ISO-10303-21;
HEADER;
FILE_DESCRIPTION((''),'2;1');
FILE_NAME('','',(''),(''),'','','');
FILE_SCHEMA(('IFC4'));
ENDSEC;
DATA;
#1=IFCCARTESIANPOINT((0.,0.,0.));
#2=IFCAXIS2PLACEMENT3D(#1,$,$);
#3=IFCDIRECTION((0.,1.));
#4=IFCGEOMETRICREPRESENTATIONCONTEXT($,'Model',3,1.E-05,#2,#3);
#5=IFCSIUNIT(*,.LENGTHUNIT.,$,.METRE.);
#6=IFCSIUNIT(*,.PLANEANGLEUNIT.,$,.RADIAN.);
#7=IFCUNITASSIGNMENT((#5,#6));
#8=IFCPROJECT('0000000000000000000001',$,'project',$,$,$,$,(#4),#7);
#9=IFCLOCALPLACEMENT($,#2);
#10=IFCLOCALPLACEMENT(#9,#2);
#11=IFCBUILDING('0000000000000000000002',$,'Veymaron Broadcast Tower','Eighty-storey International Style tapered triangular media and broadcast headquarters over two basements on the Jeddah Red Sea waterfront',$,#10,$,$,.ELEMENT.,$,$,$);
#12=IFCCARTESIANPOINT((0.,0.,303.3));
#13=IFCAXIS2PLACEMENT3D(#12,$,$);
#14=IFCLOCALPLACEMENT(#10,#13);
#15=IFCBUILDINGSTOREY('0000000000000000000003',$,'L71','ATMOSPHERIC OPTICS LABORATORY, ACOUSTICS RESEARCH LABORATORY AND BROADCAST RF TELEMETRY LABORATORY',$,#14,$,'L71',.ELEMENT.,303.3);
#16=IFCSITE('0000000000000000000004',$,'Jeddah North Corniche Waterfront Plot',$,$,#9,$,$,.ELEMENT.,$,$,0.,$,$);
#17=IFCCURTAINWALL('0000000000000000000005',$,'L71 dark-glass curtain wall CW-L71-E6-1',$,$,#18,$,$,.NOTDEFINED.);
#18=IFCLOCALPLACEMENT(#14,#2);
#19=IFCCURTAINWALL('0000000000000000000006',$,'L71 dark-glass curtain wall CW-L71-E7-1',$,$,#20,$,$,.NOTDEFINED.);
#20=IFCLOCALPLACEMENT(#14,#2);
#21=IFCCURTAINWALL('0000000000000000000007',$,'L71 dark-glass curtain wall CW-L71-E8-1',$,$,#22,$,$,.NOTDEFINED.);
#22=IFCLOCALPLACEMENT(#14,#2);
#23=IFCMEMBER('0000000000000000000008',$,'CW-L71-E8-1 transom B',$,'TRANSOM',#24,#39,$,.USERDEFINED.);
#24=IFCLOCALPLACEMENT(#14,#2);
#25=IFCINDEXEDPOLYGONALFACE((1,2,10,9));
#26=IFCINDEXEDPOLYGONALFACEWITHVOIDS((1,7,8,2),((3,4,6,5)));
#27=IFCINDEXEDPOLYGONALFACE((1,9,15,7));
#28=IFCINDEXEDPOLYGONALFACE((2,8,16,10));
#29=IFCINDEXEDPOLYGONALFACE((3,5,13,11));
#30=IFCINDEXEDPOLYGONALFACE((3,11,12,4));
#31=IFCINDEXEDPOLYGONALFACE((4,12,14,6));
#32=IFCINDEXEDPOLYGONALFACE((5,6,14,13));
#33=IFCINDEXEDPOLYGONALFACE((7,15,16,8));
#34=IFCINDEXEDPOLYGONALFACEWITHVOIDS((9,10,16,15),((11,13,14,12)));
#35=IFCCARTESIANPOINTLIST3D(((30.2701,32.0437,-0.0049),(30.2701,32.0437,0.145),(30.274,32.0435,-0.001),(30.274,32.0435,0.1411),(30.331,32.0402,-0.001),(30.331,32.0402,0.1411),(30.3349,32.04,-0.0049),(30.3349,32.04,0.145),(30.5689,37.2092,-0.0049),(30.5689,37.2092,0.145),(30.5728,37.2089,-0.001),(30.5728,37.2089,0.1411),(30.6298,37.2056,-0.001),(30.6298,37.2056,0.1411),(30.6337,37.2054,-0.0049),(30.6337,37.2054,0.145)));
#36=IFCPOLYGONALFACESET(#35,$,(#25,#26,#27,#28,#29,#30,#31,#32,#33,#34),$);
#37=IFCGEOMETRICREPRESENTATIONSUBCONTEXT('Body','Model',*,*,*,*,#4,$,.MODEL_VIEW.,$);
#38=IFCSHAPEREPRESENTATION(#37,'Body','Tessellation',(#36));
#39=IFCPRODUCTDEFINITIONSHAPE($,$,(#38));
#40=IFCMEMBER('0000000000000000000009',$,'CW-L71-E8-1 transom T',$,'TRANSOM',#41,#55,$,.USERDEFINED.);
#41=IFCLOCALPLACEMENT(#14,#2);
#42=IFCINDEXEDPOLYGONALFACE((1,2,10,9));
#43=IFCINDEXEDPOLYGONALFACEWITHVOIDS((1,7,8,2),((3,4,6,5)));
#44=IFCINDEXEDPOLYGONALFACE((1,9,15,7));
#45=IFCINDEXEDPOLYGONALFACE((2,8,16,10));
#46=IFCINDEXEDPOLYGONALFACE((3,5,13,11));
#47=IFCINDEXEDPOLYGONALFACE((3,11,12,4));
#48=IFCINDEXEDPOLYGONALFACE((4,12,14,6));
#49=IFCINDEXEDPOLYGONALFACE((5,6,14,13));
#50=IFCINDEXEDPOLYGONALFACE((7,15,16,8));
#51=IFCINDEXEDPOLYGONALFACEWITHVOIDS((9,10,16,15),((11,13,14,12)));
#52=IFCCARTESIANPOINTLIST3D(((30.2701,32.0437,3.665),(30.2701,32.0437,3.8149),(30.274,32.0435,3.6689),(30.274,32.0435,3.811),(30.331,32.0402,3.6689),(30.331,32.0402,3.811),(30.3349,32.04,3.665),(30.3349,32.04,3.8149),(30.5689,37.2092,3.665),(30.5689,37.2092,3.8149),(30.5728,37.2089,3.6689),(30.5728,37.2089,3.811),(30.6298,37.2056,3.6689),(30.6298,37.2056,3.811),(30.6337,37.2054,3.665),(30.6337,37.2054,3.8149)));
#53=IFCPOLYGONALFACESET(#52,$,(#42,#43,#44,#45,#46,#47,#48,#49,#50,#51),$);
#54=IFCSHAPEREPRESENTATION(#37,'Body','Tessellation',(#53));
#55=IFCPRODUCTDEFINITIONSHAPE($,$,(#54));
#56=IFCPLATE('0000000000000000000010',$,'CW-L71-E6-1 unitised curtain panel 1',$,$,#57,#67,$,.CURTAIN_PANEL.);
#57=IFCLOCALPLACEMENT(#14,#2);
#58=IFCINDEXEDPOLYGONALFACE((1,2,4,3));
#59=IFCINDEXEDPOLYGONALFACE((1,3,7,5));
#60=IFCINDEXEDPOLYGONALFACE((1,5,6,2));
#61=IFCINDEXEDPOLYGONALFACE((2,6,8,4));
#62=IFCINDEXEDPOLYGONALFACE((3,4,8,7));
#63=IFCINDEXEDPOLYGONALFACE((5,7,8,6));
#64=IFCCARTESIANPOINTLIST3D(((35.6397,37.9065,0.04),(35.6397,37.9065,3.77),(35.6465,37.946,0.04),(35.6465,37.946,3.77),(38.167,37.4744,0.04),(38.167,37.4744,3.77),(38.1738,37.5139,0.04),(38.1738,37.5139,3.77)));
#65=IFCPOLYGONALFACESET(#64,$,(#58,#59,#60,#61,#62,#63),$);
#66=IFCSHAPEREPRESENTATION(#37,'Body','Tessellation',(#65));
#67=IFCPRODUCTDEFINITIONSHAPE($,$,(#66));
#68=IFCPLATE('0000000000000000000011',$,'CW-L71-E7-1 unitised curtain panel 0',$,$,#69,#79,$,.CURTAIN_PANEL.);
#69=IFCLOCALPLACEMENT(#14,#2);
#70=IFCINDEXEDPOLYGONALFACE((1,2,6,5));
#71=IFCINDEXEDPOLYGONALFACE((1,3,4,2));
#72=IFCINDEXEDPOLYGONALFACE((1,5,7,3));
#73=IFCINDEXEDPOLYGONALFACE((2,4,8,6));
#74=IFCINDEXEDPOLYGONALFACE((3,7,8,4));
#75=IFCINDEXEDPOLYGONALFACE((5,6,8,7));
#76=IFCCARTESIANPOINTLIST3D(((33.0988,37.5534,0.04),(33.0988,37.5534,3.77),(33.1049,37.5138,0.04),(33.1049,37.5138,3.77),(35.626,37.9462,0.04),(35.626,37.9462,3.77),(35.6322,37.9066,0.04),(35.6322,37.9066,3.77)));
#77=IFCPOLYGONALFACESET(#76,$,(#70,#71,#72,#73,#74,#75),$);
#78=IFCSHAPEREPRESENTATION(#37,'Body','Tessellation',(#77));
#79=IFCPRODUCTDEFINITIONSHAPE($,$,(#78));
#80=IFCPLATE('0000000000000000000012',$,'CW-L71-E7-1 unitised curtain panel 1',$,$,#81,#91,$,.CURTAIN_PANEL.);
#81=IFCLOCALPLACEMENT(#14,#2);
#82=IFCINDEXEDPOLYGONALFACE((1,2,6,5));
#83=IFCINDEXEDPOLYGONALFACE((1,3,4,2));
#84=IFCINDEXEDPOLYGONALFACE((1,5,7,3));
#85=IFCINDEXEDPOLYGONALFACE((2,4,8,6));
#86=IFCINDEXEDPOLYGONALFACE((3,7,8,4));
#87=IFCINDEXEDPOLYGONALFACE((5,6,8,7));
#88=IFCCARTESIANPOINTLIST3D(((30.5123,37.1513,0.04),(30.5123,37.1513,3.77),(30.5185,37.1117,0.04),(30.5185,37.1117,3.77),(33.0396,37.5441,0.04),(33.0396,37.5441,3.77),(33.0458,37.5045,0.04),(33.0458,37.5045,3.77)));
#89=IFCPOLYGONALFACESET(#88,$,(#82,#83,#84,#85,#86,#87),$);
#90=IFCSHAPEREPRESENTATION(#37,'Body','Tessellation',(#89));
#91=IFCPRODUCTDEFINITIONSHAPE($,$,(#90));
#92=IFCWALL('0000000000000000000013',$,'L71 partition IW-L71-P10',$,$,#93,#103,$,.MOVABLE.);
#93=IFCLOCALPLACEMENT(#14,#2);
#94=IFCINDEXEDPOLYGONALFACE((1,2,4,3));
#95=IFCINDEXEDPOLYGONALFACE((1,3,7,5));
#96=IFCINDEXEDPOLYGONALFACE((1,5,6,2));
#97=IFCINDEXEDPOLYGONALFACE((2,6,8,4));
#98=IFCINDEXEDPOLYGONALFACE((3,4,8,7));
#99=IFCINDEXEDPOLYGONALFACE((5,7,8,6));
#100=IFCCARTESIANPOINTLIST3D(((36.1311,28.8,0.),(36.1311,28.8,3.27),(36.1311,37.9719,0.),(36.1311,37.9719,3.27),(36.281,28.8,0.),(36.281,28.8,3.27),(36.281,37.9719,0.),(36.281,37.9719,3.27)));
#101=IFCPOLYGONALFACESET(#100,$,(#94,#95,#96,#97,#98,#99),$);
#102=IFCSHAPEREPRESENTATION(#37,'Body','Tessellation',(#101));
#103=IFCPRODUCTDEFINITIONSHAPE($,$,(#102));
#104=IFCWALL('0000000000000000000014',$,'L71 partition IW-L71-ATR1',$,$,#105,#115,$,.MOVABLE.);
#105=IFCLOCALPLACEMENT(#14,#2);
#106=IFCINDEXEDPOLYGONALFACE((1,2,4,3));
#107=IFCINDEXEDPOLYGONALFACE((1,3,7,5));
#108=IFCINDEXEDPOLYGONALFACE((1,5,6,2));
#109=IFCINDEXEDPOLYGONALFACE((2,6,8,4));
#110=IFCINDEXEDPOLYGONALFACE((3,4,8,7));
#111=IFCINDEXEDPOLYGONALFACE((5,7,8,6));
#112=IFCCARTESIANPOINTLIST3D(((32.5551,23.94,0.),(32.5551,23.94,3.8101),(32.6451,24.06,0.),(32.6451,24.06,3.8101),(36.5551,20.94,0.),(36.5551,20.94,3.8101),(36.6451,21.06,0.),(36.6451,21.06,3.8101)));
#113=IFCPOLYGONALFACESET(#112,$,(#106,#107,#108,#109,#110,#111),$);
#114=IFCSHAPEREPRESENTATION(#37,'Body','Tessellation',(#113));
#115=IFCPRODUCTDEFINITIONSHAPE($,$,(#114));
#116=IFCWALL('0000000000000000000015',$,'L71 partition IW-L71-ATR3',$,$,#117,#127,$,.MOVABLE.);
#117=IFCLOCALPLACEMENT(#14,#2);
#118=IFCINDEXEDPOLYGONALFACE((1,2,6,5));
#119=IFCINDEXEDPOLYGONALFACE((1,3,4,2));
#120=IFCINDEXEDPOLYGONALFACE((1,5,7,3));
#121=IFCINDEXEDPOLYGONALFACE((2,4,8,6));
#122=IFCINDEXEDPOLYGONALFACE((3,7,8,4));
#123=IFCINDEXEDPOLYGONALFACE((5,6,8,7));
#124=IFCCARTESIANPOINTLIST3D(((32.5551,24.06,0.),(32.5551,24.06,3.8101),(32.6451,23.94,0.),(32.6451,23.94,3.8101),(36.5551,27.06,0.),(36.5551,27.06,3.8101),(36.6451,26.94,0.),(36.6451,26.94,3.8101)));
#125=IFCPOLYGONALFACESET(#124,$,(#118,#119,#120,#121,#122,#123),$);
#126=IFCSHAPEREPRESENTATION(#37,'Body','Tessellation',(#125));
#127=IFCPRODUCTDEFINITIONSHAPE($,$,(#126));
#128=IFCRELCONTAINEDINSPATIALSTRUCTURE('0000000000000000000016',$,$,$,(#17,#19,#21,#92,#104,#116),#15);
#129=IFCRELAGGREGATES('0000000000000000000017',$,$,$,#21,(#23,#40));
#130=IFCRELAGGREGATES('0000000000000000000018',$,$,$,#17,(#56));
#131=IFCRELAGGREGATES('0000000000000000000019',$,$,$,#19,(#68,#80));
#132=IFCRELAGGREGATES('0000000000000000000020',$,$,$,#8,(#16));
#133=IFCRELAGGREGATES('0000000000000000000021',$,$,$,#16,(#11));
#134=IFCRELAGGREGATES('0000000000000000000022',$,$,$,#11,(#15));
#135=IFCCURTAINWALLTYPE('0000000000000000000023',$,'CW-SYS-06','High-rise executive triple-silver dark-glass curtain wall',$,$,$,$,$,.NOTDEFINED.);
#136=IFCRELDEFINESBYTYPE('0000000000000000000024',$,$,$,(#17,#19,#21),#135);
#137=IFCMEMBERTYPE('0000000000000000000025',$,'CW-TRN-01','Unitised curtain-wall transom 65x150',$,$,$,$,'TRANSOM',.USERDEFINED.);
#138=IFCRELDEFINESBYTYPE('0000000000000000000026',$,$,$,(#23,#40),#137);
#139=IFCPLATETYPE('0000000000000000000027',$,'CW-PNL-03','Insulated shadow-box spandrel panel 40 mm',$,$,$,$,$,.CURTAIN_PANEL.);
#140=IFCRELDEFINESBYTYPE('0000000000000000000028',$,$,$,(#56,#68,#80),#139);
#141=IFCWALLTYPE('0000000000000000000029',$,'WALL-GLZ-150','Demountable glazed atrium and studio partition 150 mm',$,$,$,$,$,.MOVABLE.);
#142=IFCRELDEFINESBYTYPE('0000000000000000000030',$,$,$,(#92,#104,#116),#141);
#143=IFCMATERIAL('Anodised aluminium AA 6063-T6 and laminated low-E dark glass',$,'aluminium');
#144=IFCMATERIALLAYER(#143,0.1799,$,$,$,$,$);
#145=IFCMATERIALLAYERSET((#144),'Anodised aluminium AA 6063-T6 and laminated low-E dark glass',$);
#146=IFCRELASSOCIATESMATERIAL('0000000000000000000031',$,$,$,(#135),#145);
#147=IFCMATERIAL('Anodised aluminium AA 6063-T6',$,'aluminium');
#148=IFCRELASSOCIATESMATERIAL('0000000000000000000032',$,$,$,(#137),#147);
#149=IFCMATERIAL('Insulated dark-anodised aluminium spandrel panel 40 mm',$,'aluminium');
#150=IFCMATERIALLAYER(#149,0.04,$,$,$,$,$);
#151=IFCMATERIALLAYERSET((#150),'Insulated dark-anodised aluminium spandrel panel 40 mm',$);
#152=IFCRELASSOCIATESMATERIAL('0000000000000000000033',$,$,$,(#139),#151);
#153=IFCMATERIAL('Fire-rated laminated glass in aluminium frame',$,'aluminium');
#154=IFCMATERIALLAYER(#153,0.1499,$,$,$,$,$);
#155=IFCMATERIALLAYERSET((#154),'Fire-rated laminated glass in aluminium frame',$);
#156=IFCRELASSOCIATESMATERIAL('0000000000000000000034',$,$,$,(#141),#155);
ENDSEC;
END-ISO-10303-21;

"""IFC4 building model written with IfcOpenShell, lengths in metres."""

from ifc_helpers import new_model, si_unit, direction, frame, frame_2d, origin, origin_2d, place, context, subcontext, project, spatial, rectangle, hollow_rectangle, extrude, material, layer, layer_set, material_profile, profile_set, type_object, element, aggregate, save


model = new_model("IFC4")

# Units and contexts
model_context = context("Model", 3, precision=1e-05, world=origin(), true_north=direction((0.0, 1.0)))
body_context = subcontext(model_context, "Body", "Model", "MODEL_VIEW")
ifc_project = project(units=[si_unit("LENGTHUNIT", "METRE"), si_unit("PLANEANGLEUNIT", "RADIAN")], contexts=[model_context])

# Site, building, storey
site_placement = place(None, origin())
site = spatial("IfcSite", under=ifc_project, at=site_placement, Name="Jeddah North Corniche Waterfront Plot", CompositionType="ELEMENT", RefElevation=0.0)
building_placement = place(site_placement, origin())
building = spatial("IfcBuilding", under=site, at=building_placement, Name="Veymaron Broadcast Tower", Description="Eighty-storey International Style tapered triangular media and broadcast headquarters over two basements on the Jeddah Red Sea waterfront", CompositionType="ELEMENT")
storey_placement = place(building_placement, frame((0.0, 0.0, 303.3)))
storey = spatial("IfcBuildingStorey", under=building, at=storey_placement, Name="L71", Description="ATMOSPHERIC OPTICS LABORATORY, ACOUSTICS RESEARCH LABORATORY AND BROADCAST RF TELEMETRY LABORATORY", LongName="L71", CompositionType="ELEMENT", Elevation=303.3)

# Curtain wall
ifc_material_1 = material(Name="Anodised aluminium AA 6063-T6 and laminated low-E dark glass", Category="aluminium")
ifc_layer_1 = layer(ifc_material_1, 0.1799)
ifc_layer_set_1 = layer_set([ifc_layer_1], Name="Anodised aluminium AA 6063-T6 and laminated low-E dark glass")
curtain_wall_type = type_object("IfcCurtainWallType", Name="CW-SYS-06", Description="High-rise executive triple-silver dark-glass curtain wall", PredefinedType="NOTDEFINED", material=ifc_layer_set_1)
curtain_wall_1_placement = place(storey_placement, origin())
curtain_wall_1 = element("IfcCurtainWall", 1, at=curtain_wall_1_placement, inside=storey, type_object=curtain_wall_type, Name="L71 dark-glass curtain wall CW-L71-E6-1", PredefinedType="NOTDEFINED")
ifc_material_2 = material(Name="Anodised aluminium AA 6063-T6", Category="aluminium")

# Curtain wall
curtain_wall_2_placement = place(storey_placement, origin())
curtain_wall_2 = element("IfcCurtainWall", 2, at=curtain_wall_2_placement, inside=storey, type_object=curtain_wall_type, Name="L71 dark-glass curtain wall CW-L71-E7-1", PredefinedType="NOTDEFINED")

# Curtain wall
curtain_wall_3_placement = place(storey_placement, origin())
curtain_wall_3 = element("IfcCurtainWall", 3, at=curtain_wall_3_placement, inside=storey, type_object=curtain_wall_type, Name="L71 dark-glass curtain wall CW-L71-E8-1", PredefinedType="NOTDEFINED")

# Members
ifc_material_profile_1 = material_profile(ifc_material_2, hollow_rectangle(XDim=0.0649, YDim=0.1499, WallThickness=0.0039, at=origin_2d()), Name="AL150X65X4")
ifc_profile_set_1 = profile_set([ifc_material_profile_1], Name="Anodised aluminium AA 6063-T6")
member_type_1 = type_object("IfcMemberType", Name="CW-TRN-01", Description="Unitised curtain-wall transom 65x150", ElementType="TRANSOM", PredefinedType="USERDEFINED", material=ifc_profile_set_1)
member_1_placement = place(storey_placement, frame((30.6013, 37.2073, 0.0701), z_axis=(-0.057754, -0.998331, 0.0), x_axis=(0.998331, -0.057754, 0.0)))
member_1 = element("IfcMember", 4, at=member_1_placement, type_object=member_type_1, Name="CW-L71-E8-1 transom B", ObjectType="TRANSOM", PredefinedType="USERDEFINED", context=body_context, shape_type="SweptSolid", body=[
    extrude(hollow_rectangle(XDim=0.0649, YDim=0.1499, WallThickness=0.0039, at=origin_2d()), origin(), (0.0, 0.0, 1.0), 5.1741),
])
member_2_placement = place(storey_placement, frame((30.6013, 37.2073, 3.74), z_axis=(-0.057754, -0.998331, 0.0), x_axis=(0.998331, -0.057754, 0.0)))
member_2 = element("IfcMember", 5, at=member_2_placement, type_object=member_type_1, Name="CW-L71-E8-1 transom T", ObjectType="TRANSOM", PredefinedType="USERDEFINED", context=body_context, shape_type="SweptSolid", body=[
    extrude(hollow_rectangle(XDim=0.0649, YDim=0.1499, WallThickness=0.0039, at=origin_2d()), origin(), (0.0, 0.0, 1.0), 5.1741),
])
aggregate(curtain_wall_3, [member_1, member_2])

# Plates
ifc_material_3 = material(Name="Insulated dark-anodised aluminium spandrel panel 40 mm", Category="aluminium")
ifc_layer_2 = layer(ifc_material_3, 0.04)
ifc_layer_set_2 = layer_set([ifc_layer_2], Name="Insulated dark-anodised aluminium spandrel panel 40 mm")
plate_type = type_object("IfcPlateType", Name="CW-PNL-03", Description="Insulated shadow-box spandrel panel 40 mm", PredefinedType="CURTAIN_PANEL", material=ifc_layer_set_2)
plate_1_placement = place(storey_placement, frame((36.9067, 37.7102, 0.04), z_axis=(0.0, 0.0, 1.0), x_axis=(-0.985698, 0.168524, 0.0)))
plate_1 = element("IfcPlate", 6, at=plate_1_placement, type_object=plate_type, Name="CW-L71-E6-1 unitised curtain panel 1", PredefinedType="CURTAIN_PANEL", context=body_context, shape_type="SweptSolid", body=[
    extrude(rectangle(XDim=2.564, YDim=0.04, at=origin_2d()), origin(), (0.0, 0.0, 1.0), 3.73),
])
aggregate(curtain_wall_1, [plate_1])
plate_2_placement = place(storey_placement, frame((34.3655, 37.73, 0.04), z_axis=(0.0, 0.0, 1.0), x_axis=(-0.988135, -0.153589, 0.0)))
plate_2 = element("IfcPlate", 7, at=plate_2_placement, type_object=plate_type, Name="CW-L71-E7-1 unitised curtain panel 0", PredefinedType="CURTAIN_PANEL", context=body_context, shape_type="SweptSolid", body=[
    extrude(rectangle(XDim=2.5576, YDim=0.04, at=origin_2d()), origin(), (0.0, 0.0, 1.0), 3.73),
])
plate_3_placement = place(storey_placement, frame((31.7791, 37.3279, 0.04), z_axis=(0.0, 0.0, 1.0), x_axis=(-0.988135, -0.153589, 0.0)))
plate_3 = element("IfcPlate", 8, at=plate_3_placement, type_object=plate_type, Name="CW-L71-E7-1 unitised curtain panel 1", PredefinedType="CURTAIN_PANEL", context=body_context, shape_type="SweptSolid", body=[
    extrude(rectangle(XDim=2.5576, YDim=0.04, at=origin_2d()), origin(), (0.0, 0.0, 1.0), 3.73),
])
aggregate(curtain_wall_2, [plate_2, plate_3])

# Walls
ifc_material_4 = material(Name="Fire-rated laminated glass in aluminium frame", Category="aluminium")
ifc_layer_3 = layer(ifc_material_4, 0.1499)
ifc_layer_set_3 = layer_set([ifc_layer_3], Name="Fire-rated laminated glass in aluminium frame")
wall_type_1 = type_object("IfcWallType", Name="WALL-GLZ-150", Description="Demountable glazed atrium and studio partition 150 mm", PredefinedType="MOVABLE", material=ifc_layer_set_3)
wall_1_placement = place(storey_placement, frame((36.2061, 28.8, 0.0), z_axis=(0.0, 0.0, 1.0), x_axis=(0.0, 1.0, 0.0)))
element("IfcWall", 9, at=wall_1_placement, inside=storey, type_object=wall_type_1, Name="L71 partition IW-L71-P10", PredefinedType="MOVABLE", context=body_context, shape_type="SweptSolid", body=[
    extrude(rectangle(XDim=9.1719, YDim=0.1499, at=frame_2d((4.5859, 0.0))), origin(), (0.0, 0.0, 1.0), 3.27),
])
for number, where, z_axis, x_axis, name in (
    (10, (32.6001, 24.0, 0.0), (0.0, 0.0, 1.0), (0.8, -0.6, 0.0), "L71 partition IW-L71-ATR1"),
    (11, (36.6001, 27.0, 0.0), (0.0, 0.0, 1.0), (-0.8, -0.6, 0.0), "L71 partition IW-L71-ATR3"),
):
    element("IfcWall", number, at=place(storey_placement, frame(where, z_axis=z_axis, x_axis=x_axis)), inside=storey, type_object=wall_type_1, Name=name, PredefinedType="MOVABLE", context=body_context, shape_type="SweptSolid", body=[
        extrude(rectangle(XDim=5.0, YDim=0.1499, at=frame_2d((2.5, 0.0))), origin(), (0.0, 0.0, 1.0), 3.8101),
    ])

save(model, "model.ifc")
